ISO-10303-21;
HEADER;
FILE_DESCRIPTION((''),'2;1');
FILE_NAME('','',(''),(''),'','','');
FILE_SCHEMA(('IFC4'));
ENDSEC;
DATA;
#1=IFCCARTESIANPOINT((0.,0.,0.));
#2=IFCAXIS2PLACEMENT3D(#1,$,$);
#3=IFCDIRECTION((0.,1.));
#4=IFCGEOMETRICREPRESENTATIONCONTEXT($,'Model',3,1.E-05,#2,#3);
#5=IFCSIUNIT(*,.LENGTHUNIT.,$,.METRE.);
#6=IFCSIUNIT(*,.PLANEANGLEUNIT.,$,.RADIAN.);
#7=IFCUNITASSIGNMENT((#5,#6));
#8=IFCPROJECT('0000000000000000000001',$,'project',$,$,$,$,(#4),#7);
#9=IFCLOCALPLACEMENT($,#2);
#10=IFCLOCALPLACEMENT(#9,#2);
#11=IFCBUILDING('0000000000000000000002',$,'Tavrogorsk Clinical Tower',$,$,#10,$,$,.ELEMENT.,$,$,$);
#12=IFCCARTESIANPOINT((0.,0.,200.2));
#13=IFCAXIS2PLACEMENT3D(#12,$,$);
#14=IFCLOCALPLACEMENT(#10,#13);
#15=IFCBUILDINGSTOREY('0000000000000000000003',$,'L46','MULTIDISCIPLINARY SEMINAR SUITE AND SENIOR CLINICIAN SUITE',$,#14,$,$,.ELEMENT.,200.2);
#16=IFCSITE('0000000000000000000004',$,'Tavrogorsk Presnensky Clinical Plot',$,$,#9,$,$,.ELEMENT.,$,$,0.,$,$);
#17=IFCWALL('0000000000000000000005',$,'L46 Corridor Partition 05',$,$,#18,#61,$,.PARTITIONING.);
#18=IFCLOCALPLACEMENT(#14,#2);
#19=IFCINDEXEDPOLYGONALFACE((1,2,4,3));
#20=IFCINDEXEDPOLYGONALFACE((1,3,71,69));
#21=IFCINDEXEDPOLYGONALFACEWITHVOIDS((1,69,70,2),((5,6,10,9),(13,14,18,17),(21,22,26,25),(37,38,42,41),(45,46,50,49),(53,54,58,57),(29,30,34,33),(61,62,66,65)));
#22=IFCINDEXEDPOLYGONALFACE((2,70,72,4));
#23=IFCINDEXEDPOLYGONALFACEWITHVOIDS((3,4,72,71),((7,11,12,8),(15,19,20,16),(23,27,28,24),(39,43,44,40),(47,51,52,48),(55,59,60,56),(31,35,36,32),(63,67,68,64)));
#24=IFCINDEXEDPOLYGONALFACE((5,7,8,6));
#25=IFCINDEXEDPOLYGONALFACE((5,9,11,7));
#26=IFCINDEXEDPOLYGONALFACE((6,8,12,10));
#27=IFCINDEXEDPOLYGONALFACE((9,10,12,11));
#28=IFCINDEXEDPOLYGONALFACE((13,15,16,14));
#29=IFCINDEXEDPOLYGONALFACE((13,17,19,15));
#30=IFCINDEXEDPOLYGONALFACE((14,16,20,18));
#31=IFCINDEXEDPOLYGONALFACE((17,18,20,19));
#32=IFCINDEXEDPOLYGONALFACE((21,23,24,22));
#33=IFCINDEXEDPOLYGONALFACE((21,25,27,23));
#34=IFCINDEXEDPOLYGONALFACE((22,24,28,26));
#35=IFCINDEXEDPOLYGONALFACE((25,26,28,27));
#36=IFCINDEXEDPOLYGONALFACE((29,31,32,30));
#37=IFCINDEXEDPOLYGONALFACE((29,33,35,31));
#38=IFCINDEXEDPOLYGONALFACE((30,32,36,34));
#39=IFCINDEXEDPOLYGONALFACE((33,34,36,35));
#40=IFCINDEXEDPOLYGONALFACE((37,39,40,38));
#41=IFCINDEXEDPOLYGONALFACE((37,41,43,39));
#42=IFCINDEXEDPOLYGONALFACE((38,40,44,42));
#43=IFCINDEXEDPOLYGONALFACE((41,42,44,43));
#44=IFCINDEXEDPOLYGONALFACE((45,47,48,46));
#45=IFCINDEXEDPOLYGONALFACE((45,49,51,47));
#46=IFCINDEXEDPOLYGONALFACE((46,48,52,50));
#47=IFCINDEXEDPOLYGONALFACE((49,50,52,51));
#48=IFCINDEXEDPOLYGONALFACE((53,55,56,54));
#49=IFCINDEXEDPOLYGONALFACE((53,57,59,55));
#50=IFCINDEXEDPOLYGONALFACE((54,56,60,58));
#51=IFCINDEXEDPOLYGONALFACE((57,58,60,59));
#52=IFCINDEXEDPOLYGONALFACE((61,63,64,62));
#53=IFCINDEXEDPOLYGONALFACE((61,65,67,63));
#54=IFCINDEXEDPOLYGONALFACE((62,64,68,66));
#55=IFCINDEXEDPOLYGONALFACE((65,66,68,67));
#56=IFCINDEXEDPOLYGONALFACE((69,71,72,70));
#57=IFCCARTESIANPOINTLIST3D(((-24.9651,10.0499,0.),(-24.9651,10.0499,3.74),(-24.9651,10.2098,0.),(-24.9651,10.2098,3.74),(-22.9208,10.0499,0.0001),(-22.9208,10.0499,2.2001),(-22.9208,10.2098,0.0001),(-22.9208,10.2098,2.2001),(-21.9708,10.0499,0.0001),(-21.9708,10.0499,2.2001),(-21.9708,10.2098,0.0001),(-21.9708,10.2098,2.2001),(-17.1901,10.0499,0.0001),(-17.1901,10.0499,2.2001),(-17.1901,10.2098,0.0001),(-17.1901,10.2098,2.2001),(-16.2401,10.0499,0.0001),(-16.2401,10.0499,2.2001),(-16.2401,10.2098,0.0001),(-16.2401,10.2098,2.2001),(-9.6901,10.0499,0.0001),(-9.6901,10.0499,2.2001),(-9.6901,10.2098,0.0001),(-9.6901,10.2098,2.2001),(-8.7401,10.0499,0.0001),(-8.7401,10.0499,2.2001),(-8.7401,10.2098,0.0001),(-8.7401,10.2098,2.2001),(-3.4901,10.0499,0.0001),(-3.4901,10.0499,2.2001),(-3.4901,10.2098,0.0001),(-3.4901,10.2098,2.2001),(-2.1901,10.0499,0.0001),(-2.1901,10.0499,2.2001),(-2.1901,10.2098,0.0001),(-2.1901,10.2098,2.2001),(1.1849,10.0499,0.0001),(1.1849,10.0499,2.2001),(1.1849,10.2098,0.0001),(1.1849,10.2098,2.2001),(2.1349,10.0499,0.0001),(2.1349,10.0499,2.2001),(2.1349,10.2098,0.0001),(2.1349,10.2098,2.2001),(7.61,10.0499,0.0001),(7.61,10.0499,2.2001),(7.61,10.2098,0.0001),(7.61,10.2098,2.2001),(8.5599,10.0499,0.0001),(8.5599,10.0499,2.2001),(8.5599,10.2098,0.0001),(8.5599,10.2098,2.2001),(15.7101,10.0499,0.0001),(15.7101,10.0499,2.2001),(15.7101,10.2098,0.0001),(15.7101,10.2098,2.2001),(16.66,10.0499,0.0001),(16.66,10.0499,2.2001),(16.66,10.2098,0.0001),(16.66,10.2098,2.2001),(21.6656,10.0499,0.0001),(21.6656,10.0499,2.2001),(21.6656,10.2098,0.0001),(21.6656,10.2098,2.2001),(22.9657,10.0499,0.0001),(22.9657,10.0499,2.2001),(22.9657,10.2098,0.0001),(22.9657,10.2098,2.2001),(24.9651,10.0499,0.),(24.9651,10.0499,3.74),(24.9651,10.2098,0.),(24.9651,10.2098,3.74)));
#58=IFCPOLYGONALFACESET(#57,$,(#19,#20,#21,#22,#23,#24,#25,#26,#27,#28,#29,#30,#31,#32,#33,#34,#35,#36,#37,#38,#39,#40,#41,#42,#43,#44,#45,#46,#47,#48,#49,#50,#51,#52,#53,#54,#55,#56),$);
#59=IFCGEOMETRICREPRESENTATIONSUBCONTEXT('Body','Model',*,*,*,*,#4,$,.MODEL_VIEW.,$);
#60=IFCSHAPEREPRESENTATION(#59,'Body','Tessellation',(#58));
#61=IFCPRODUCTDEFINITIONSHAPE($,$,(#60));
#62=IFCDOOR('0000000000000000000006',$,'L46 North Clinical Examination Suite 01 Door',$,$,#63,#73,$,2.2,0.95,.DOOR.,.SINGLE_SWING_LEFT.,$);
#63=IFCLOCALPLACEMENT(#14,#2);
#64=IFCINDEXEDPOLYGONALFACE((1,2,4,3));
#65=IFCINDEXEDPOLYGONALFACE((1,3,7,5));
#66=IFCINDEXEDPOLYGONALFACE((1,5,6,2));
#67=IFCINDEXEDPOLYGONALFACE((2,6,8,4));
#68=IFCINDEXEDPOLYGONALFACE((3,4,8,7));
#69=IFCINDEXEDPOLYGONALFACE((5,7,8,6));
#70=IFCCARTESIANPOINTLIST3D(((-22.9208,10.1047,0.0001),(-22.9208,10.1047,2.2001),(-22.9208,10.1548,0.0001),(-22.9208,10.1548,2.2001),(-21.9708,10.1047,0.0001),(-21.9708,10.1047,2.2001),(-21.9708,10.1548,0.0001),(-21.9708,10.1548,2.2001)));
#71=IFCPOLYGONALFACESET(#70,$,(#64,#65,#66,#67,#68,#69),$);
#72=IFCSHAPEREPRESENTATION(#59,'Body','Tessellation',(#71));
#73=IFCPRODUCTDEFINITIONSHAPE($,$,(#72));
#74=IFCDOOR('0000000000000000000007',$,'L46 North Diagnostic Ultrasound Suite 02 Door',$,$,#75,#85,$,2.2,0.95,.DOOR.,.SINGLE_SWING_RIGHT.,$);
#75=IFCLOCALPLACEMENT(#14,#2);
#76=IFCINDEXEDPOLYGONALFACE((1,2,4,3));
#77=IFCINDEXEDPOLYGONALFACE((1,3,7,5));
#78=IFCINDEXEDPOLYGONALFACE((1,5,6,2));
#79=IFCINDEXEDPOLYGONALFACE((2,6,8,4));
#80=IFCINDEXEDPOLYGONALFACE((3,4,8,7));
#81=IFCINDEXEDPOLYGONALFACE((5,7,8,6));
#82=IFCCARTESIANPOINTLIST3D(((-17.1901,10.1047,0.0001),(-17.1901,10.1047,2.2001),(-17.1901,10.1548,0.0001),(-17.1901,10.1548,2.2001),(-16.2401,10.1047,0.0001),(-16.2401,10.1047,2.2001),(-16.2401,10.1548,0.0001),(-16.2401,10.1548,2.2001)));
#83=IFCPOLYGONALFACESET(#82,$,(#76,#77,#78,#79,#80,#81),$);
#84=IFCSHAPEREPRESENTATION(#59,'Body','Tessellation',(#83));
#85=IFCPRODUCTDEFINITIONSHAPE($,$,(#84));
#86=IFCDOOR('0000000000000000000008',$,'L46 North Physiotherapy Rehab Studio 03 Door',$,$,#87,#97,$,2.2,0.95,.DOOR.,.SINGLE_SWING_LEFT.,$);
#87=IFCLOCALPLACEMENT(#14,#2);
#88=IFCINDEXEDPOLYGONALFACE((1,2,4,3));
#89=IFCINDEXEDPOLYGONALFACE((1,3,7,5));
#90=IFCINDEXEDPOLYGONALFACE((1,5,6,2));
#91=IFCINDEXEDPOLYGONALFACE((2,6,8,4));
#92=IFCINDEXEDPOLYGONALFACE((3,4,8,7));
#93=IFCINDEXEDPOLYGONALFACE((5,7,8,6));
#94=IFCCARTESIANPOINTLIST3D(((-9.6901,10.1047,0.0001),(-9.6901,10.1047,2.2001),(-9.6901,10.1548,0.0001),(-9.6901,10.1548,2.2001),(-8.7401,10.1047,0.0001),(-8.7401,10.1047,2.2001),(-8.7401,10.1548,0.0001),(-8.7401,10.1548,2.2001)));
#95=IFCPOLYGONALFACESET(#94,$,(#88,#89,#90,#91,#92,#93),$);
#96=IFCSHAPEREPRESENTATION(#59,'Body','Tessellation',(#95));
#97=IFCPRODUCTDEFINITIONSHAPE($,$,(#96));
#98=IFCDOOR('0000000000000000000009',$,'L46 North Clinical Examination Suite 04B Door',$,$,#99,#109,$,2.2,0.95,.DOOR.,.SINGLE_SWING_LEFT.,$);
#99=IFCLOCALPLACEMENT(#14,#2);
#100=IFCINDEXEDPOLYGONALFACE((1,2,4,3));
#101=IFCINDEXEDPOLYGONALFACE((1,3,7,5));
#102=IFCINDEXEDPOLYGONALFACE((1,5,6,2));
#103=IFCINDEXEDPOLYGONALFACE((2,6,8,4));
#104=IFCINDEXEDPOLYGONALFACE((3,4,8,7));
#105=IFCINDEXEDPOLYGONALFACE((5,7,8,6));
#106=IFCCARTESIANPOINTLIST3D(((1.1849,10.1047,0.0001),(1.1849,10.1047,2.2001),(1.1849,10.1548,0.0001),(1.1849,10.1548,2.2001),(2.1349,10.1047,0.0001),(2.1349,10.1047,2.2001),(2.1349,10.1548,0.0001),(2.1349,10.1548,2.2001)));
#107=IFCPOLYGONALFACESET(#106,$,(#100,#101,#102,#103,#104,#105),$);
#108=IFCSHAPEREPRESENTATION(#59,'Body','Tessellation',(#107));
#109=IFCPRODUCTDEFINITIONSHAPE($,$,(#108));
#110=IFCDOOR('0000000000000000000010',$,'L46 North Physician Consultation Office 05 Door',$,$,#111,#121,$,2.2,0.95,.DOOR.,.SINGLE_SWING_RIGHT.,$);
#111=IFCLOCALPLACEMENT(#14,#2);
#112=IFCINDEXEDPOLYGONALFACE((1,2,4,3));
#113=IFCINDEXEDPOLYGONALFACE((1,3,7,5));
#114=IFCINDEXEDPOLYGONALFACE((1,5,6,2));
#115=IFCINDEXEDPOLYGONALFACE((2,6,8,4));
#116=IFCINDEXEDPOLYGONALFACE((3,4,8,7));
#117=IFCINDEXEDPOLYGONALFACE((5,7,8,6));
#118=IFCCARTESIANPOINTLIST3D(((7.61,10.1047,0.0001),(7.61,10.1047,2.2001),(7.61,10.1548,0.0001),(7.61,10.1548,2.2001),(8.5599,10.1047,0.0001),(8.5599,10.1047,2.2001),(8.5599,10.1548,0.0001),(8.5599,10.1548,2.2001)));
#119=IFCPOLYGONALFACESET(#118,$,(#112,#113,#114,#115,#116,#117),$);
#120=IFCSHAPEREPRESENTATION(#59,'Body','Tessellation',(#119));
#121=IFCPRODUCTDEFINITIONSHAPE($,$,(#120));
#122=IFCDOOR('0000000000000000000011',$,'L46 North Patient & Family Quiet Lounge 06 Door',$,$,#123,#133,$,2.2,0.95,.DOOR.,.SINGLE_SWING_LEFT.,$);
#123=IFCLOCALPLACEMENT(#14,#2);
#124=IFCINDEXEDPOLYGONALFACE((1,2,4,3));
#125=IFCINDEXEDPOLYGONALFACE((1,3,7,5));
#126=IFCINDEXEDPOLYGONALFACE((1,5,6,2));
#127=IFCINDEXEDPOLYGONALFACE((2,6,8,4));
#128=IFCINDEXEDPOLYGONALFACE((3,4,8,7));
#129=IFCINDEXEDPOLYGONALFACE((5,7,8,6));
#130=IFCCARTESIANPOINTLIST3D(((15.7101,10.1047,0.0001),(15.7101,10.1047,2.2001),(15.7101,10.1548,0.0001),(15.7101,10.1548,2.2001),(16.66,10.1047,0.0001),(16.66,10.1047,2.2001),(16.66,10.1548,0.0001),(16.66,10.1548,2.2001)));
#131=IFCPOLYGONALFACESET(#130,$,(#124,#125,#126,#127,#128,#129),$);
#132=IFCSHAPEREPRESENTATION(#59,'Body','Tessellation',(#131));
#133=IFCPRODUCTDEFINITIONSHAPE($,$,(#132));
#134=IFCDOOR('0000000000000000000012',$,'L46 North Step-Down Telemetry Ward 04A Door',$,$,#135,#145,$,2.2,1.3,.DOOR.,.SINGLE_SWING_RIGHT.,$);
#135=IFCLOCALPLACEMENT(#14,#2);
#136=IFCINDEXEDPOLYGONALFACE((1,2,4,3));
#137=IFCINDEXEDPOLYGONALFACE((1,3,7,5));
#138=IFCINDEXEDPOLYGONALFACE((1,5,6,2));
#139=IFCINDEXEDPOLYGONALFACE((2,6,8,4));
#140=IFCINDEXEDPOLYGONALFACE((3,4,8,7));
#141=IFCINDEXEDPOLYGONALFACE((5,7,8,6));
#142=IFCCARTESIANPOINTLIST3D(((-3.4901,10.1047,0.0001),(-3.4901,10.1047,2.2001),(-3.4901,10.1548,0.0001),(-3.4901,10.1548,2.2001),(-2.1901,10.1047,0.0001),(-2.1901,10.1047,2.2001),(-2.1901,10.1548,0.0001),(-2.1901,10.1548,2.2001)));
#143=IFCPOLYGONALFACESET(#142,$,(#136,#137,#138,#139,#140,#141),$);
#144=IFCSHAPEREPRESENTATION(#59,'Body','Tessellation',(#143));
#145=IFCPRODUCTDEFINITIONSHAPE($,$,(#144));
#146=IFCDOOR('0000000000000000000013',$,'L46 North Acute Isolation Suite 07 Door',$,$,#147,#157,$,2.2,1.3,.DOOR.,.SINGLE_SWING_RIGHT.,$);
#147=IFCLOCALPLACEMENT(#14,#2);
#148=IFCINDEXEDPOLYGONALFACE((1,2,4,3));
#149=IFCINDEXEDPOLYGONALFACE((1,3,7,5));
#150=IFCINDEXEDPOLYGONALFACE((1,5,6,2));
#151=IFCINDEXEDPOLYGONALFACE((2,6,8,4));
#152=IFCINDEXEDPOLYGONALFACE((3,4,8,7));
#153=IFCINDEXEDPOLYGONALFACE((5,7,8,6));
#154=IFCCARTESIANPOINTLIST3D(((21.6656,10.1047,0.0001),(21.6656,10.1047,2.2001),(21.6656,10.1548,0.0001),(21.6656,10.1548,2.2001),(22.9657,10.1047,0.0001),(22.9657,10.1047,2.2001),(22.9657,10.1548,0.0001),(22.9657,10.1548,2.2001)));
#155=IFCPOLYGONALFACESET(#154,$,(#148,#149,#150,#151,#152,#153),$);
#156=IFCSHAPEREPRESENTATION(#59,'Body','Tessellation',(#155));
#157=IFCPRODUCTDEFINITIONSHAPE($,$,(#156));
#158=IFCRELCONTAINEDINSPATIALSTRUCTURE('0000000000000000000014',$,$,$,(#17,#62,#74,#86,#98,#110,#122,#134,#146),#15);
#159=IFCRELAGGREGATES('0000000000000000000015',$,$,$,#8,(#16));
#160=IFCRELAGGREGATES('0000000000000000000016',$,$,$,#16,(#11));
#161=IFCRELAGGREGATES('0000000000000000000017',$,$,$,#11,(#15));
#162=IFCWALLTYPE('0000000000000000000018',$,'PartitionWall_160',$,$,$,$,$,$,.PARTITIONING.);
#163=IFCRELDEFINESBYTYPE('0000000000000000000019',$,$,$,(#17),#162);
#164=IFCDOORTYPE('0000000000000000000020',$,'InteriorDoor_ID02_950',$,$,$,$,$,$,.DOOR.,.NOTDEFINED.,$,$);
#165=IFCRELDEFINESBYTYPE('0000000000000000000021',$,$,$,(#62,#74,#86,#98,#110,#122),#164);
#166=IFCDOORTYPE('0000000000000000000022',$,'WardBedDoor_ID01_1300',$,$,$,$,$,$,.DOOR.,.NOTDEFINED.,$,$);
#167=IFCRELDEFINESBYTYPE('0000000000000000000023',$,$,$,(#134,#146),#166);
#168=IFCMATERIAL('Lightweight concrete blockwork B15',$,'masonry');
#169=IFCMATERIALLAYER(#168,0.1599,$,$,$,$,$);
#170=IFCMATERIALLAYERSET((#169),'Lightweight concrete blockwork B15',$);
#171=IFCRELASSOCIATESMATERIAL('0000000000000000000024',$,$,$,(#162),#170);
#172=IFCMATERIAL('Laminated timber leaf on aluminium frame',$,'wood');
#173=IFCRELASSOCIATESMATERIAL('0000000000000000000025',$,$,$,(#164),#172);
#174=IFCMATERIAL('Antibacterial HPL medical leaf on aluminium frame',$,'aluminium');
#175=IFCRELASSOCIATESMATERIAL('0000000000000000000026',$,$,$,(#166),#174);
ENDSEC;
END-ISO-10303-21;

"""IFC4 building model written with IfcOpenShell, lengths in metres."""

from ifc_helpers import new_model, si_unit, direction, frame, frame_2d, origin, place, context, subcontext, project, spatial, rectangle, extrude, material, layer, layer_set, type_object, element, fill, save


model = new_model("IFC4")

# Units and contexts
model_context = context("Model", 3, precision=1e-05, world=origin(), true_north=direction((0.0, 1.0)))
body_context = subcontext(model_context, "Body", "Model", "MODEL_VIEW")
ifc_project = project(units=[si_unit("LENGTHUNIT", "METRE"), si_unit("PLANEANGLEUNIT", "RADIAN")], contexts=[model_context])

# Site, building, storey
site_placement = place(None, origin())
site = spatial("IfcSite", under=ifc_project, at=site_placement, Name="Tavrogorsk Presnensky Clinical Plot", CompositionType="ELEMENT", RefElevation=0.0)
building_placement = place(site_placement, origin())
building = spatial("IfcBuilding", under=site, at=building_placement, Name="Tavrogorsk Clinical Tower", CompositionType="ELEMENT")
storey_placement = place(building_placement, frame((0.0, 0.0, 200.2)))
storey = spatial("IfcBuildingStorey", under=building, at=storey_placement, Name="L46", Description="MULTIDISCIPLINARY SEMINAR SUITE AND SENIOR CLINICIAN SUITE", CompositionType="ELEMENT", Elevation=200.2)

# Shared definitions
ifc_material_1 = material(Name="Lightweight concrete blockwork B15", Category="masonry")
ifc_layer_1 = layer(ifc_material_1, 0.1599)
ifc_layer_set_1 = layer_set([ifc_layer_1], Name="Lightweight concrete blockwork B15")
wall_type_1 = type_object("IfcWallType", Name="PartitionWall_160", PredefinedType="PARTITIONING", material=ifc_layer_set_1)
ifc_material_2 = material(Name="Laminated timber leaf on aluminium frame", Category="wood")
door_type_1 = type_object("IfcDoorType", Name="InteriorDoor_ID02_950", OperationType="NOTDEFINED", PredefinedType="DOOR", material=ifc_material_2)

# Wall, openings, doors
wall_1_placement = place(storey_placement, frame((-24.9651, 10.1299, 0.0), z_axis=(0.0, 0.0, 1.0), x_axis=(1.0, 0.0, 0.0)))
wall_1 = element("IfcWall", 1, at=wall_1_placement, inside=storey, type_object=wall_type_1, Name="L46 Corridor Partition 05", PredefinedType="PARTITIONING", context=body_context, shape_type="SweptSolid", body=[
    extrude(rectangle(XDim=49.9302, YDim=0.1599, at=frame_2d((24.9651, 0.0))), origin(), (0.0, 0.0, 1.0), 3.74),
])
opening_1_placement = place(wall_1_placement, frame((2.0442, 0.0, 0.0)))
opening_1 = element("IfcOpeningElement", 2, at=opening_1_placement, cuts=wall_1, PredefinedType="OPENING", context=body_context, shape_type="SweptSolid", body=[
    extrude(rectangle(XDim=0.95, YDim=2.2, at=frame_2d((0.4751, 1.1001))), frame((0.0, 0.0898, 0.0), z_axis=(0.0, -1.0, 0.0), x_axis=(1.0, 0.0, 0.0)), (0.0, 0.0, 1.0), 0.1799),
])
opening_2_placement = place(wall_1_placement, frame((7.7749, 0.0, 0.0)))
opening_2 = element("IfcOpeningElement", 3, at=opening_2_placement, cuts=wall_1, PredefinedType="OPENING", context=body_context, shape_type="SweptSolid", body=[
    extrude(rectangle(XDim=0.95, YDim=2.2, at=frame_2d((0.4751, 1.1001))), frame((0.0, 0.0898, 0.0), z_axis=(0.0, -1.0, 0.0), x_axis=(1.0, 0.0, 0.0)), (0.0, 0.0, 1.0), 0.1799),
])
opening_3_placement = place(wall_1_placement, frame((15.2749, 0.0, 0.0)))
opening_3 = element("IfcOpeningElement", 4, at=opening_3_placement, cuts=wall_1, PredefinedType="OPENING", context=body_context, shape_type="SweptSolid", body=[
    extrude(rectangle(XDim=0.95, YDim=2.2, at=frame_2d((0.4751, 1.1001))), frame((0.0, 0.0898, 0.0), z_axis=(0.0, -1.0, 0.0), x_axis=(1.0, 0.0, 0.0)), (0.0, 0.0, 1.0), 0.1799),
])
opening_4_placement = place(wall_1_placement, frame((21.4751, 0.0, 0.0)))
opening_4 = element("IfcOpeningElement", 5, at=opening_4_placement, cuts=wall_1, PredefinedType="OPENING", context=body_context, shape_type="SweptSolid", body=[
    extrude(rectangle(XDim=1.3, YDim=2.2, at=frame_2d((0.6499, 1.1001))), frame((0.0, 0.0898, 0.0), z_axis=(0.0, -1.0, 0.0), x_axis=(1.0, 0.0, 0.0)), (0.0, 0.0, 1.0), 0.1799),
])
opening_5_placement = place(wall_1_placement, frame((26.1499, 0.0, 0.0)))
opening_5 = element("IfcOpeningElement", 6, at=opening_5_placement, cuts=wall_1, PredefinedType="OPENING", context=body_context, shape_type="SweptSolid", body=[
    extrude(rectangle(XDim=0.95, YDim=2.2, at=frame_2d((0.4751, 1.1001))), frame((0.0, 0.0898, 0.0), z_axis=(0.0, -1.0, 0.0), x_axis=(1.0, 0.0, 0.0)), (0.0, 0.0, 1.0), 0.1799),
])
opening_6_placement = place(wall_1_placement, frame((32.575, 0.0, 0.0)))
opening_6 = element("IfcOpeningElement", 7, at=opening_6_placement, cuts=wall_1, PredefinedType="OPENING", context=body_context, shape_type="SweptSolid", body=[
    extrude(rectangle(XDim=0.95, YDim=2.2, at=frame_2d((0.4751, 1.1001))), frame((0.0, 0.0898, 0.0), z_axis=(0.0, -1.0, 0.0), x_axis=(1.0, 0.0, 0.0)), (0.0, 0.0, 1.0), 0.1799),
])
opening_7_placement = place(wall_1_placement, frame((40.675, 0.0, 0.0)))
opening_7 = element("IfcOpeningElement", 8, at=opening_7_placement, cuts=wall_1, PredefinedType="OPENING", context=body_context, shape_type="SweptSolid", body=[
    extrude(rectangle(XDim=0.95, YDim=2.2, at=frame_2d((0.4751, 1.1001))), frame((0.0, 0.0898, 0.0), z_axis=(0.0, -1.0, 0.0), x_axis=(1.0, 0.0, 0.0)), (0.0, 0.0, 1.0), 0.1799),
])
opening_8_placement = place(wall_1_placement, frame((46.6309, 0.0, 0.0)))
opening_8 = element("IfcOpeningElement", 9, at=opening_8_placement, cuts=wall_1, PredefinedType="OPENING", context=body_context, shape_type="SweptSolid", body=[
    extrude(rectangle(XDim=1.3, YDim=2.2, at=frame_2d((0.6499, 1.1001))), frame((0.0, 0.0898, 0.0), z_axis=(0.0, -1.0, 0.0), x_axis=(1.0, 0.0, 0.0)), (0.0, 0.0, 1.0), 0.1799),
])
door_1_placement = place(opening_1_placement, origin())
door_1 = element("IfcDoor", 10, at=door_1_placement, inside=storey, type_object=door_type_1, Name="L46 North Clinical Examination Suite 01 Door", OperationType="SINGLE_SWING_LEFT", OverallHeight=2.2, OverallWidth=0.95, PredefinedType="DOOR", context=body_context, shape_type="SweptSolid", body=[
    extrude(rectangle(XDim=0.95, YDim=2.2, at=frame_2d((0.4751, 1.1001))), frame((0.0, 0.0249, 0.0), z_axis=(0.0, -1.0, 0.0), x_axis=(1.0, 0.0, 0.0)), (0.0, 0.0, 1.0), 0.05),
])
fill(opening_1, door_1)
door_2_placement = place(opening_2_placement, origin())
door_2 = element("IfcDoor", 11, at=door_2_placement, inside=storey, type_object=door_type_1, Name="L46 North Diagnostic Ultrasound Suite 02 Door", OperationType="SINGLE_SWING_RIGHT", OverallHeight=2.2, OverallWidth=0.95, PredefinedType="DOOR", context=body_context, shape_type="SweptSolid", body=[
    extrude(rectangle(XDim=0.95, YDim=2.2, at=frame_2d((0.4751, 1.1001))), frame((0.0, 0.0249, 0.0), z_axis=(0.0, -1.0, 0.0), x_axis=(1.0, 0.0, 0.0)), (0.0, 0.0, 1.0), 0.05),
])
fill(opening_2, door_2)
door_3_placement = place(opening_3_placement, origin())
door_3 = element("IfcDoor", 12, at=door_3_placement, inside=storey, type_object=door_type_1, Name="L46 North Physiotherapy Rehab Studio 03 Door", OperationType="SINGLE_SWING_LEFT", OverallHeight=2.2, OverallWidth=0.95, PredefinedType="DOOR", context=body_context, shape_type="SweptSolid", body=[
    extrude(rectangle(XDim=0.95, YDim=2.2, at=frame_2d((0.4751, 1.1001))), frame((0.0, 0.0249, 0.0), z_axis=(0.0, -1.0, 0.0), x_axis=(1.0, 0.0, 0.0)), (0.0, 0.0, 1.0), 0.05),
])
fill(opening_3, door_3)
door_4_placement = place(opening_5_placement, origin())
door_4 = element("IfcDoor", 13, at=door_4_placement, inside=storey, type_object=door_type_1, Name="L46 North Clinical Examination Suite 04B Door", OperationType="SINGLE_SWING_LEFT", OverallHeight=2.2, OverallWidth=0.95, PredefinedType="DOOR", context=body_context, shape_type="SweptSolid", body=[
    extrude(rectangle(XDim=0.95, YDim=2.2, at=frame_2d((0.4751, 1.1001))), frame((0.0, 0.0249, 0.0), z_axis=(0.0, -1.0, 0.0), x_axis=(1.0, 0.0, 0.0)), (0.0, 0.0, 1.0), 0.05),
])
fill(opening_5, door_4)
door_5_placement = place(opening_6_placement, origin())
door_5 = element("IfcDoor", 14, at=door_5_placement, inside=storey, type_object=door_type_1, Name="L46 North Physician Consultation Office 05 Door", OperationType="SINGLE_SWING_RIGHT", OverallHeight=2.2, OverallWidth=0.95, PredefinedType="DOOR", context=body_context, shape_type="SweptSolid", body=[
    extrude(rectangle(XDim=0.95, YDim=2.2, at=frame_2d((0.4751, 1.1001))), frame((0.0, 0.0249, 0.0), z_axis=(0.0, -1.0, 0.0), x_axis=(1.0, 0.0, 0.0)), (0.0, 0.0, 1.0), 0.05),
])
fill(opening_6, door_5)
door_6_placement = place(opening_7_placement, origin())
door_6 = element("IfcDoor", 15, at=door_6_placement, inside=storey, type_object=door_type_1, Name="L46 North Patient & Family Quiet Lounge 06 Door", OperationType="SINGLE_SWING_LEFT", OverallHeight=2.2, OverallWidth=0.95, PredefinedType="DOOR", context=body_context, shape_type="SweptSolid", body=[
    extrude(rectangle(XDim=0.95, YDim=2.2, at=frame_2d((0.4751, 1.1001))), frame((0.0, 0.0249, 0.0), z_axis=(0.0, -1.0, 0.0), x_axis=(1.0, 0.0, 0.0)), (0.0, 0.0, 1.0), 0.05),
])
fill(opening_7, door_6)
ifc_material_3 = material(Name="Antibacterial HPL medical leaf on aluminium frame", Category="aluminium")
door_type_2 = type_object("IfcDoorType", Name="WardBedDoor_ID01_1300", OperationType="NOTDEFINED", PredefinedType="DOOR", material=ifc_material_3)
door_7_placement = place(opening_4_placement, origin())
door_7 = element("IfcDoor", 16, at=door_7_placement, inside=storey, type_object=door_type_2, Name="L46 North Step-Down Telemetry Ward 04A Door", OperationType="SINGLE_SWING_RIGHT", OverallHeight=2.2, OverallWidth=1.3, PredefinedType="DOOR", context=body_context, shape_type="SweptSolid", body=[
    extrude(rectangle(XDim=1.3, YDim=2.2, at=frame_2d((0.6499, 1.1001))), frame((0.0, 0.0249, 0.0), z_axis=(0.0, -1.0, 0.0), x_axis=(1.0, 0.0, 0.0)), (0.0, 0.0, 1.0), 0.05),
])
fill(opening_4, door_7)
door_8_placement = place(opening_8_placement, origin())
door_8 = element("IfcDoor", 17, at=door_8_placement, inside=storey, type_object=door_type_2, Name="L46 North Acute Isolation Suite 07 Door", OperationType="SINGLE_SWING_RIGHT", OverallHeight=2.2, OverallWidth=1.3, PredefinedType="DOOR", context=body_context, shape_type="SweptSolid", body=[
    extrude(rectangle(XDim=1.3, YDim=2.2, at=frame_2d((0.6499, 1.1001))), frame((0.0, 0.0249, 0.0), z_axis=(0.0, -1.0, 0.0), x_axis=(1.0, 0.0, 0.0)), (0.0, 0.0, 1.0), 0.05),
])
fill(opening_8, door_8)

save(model, "model.ifc")
